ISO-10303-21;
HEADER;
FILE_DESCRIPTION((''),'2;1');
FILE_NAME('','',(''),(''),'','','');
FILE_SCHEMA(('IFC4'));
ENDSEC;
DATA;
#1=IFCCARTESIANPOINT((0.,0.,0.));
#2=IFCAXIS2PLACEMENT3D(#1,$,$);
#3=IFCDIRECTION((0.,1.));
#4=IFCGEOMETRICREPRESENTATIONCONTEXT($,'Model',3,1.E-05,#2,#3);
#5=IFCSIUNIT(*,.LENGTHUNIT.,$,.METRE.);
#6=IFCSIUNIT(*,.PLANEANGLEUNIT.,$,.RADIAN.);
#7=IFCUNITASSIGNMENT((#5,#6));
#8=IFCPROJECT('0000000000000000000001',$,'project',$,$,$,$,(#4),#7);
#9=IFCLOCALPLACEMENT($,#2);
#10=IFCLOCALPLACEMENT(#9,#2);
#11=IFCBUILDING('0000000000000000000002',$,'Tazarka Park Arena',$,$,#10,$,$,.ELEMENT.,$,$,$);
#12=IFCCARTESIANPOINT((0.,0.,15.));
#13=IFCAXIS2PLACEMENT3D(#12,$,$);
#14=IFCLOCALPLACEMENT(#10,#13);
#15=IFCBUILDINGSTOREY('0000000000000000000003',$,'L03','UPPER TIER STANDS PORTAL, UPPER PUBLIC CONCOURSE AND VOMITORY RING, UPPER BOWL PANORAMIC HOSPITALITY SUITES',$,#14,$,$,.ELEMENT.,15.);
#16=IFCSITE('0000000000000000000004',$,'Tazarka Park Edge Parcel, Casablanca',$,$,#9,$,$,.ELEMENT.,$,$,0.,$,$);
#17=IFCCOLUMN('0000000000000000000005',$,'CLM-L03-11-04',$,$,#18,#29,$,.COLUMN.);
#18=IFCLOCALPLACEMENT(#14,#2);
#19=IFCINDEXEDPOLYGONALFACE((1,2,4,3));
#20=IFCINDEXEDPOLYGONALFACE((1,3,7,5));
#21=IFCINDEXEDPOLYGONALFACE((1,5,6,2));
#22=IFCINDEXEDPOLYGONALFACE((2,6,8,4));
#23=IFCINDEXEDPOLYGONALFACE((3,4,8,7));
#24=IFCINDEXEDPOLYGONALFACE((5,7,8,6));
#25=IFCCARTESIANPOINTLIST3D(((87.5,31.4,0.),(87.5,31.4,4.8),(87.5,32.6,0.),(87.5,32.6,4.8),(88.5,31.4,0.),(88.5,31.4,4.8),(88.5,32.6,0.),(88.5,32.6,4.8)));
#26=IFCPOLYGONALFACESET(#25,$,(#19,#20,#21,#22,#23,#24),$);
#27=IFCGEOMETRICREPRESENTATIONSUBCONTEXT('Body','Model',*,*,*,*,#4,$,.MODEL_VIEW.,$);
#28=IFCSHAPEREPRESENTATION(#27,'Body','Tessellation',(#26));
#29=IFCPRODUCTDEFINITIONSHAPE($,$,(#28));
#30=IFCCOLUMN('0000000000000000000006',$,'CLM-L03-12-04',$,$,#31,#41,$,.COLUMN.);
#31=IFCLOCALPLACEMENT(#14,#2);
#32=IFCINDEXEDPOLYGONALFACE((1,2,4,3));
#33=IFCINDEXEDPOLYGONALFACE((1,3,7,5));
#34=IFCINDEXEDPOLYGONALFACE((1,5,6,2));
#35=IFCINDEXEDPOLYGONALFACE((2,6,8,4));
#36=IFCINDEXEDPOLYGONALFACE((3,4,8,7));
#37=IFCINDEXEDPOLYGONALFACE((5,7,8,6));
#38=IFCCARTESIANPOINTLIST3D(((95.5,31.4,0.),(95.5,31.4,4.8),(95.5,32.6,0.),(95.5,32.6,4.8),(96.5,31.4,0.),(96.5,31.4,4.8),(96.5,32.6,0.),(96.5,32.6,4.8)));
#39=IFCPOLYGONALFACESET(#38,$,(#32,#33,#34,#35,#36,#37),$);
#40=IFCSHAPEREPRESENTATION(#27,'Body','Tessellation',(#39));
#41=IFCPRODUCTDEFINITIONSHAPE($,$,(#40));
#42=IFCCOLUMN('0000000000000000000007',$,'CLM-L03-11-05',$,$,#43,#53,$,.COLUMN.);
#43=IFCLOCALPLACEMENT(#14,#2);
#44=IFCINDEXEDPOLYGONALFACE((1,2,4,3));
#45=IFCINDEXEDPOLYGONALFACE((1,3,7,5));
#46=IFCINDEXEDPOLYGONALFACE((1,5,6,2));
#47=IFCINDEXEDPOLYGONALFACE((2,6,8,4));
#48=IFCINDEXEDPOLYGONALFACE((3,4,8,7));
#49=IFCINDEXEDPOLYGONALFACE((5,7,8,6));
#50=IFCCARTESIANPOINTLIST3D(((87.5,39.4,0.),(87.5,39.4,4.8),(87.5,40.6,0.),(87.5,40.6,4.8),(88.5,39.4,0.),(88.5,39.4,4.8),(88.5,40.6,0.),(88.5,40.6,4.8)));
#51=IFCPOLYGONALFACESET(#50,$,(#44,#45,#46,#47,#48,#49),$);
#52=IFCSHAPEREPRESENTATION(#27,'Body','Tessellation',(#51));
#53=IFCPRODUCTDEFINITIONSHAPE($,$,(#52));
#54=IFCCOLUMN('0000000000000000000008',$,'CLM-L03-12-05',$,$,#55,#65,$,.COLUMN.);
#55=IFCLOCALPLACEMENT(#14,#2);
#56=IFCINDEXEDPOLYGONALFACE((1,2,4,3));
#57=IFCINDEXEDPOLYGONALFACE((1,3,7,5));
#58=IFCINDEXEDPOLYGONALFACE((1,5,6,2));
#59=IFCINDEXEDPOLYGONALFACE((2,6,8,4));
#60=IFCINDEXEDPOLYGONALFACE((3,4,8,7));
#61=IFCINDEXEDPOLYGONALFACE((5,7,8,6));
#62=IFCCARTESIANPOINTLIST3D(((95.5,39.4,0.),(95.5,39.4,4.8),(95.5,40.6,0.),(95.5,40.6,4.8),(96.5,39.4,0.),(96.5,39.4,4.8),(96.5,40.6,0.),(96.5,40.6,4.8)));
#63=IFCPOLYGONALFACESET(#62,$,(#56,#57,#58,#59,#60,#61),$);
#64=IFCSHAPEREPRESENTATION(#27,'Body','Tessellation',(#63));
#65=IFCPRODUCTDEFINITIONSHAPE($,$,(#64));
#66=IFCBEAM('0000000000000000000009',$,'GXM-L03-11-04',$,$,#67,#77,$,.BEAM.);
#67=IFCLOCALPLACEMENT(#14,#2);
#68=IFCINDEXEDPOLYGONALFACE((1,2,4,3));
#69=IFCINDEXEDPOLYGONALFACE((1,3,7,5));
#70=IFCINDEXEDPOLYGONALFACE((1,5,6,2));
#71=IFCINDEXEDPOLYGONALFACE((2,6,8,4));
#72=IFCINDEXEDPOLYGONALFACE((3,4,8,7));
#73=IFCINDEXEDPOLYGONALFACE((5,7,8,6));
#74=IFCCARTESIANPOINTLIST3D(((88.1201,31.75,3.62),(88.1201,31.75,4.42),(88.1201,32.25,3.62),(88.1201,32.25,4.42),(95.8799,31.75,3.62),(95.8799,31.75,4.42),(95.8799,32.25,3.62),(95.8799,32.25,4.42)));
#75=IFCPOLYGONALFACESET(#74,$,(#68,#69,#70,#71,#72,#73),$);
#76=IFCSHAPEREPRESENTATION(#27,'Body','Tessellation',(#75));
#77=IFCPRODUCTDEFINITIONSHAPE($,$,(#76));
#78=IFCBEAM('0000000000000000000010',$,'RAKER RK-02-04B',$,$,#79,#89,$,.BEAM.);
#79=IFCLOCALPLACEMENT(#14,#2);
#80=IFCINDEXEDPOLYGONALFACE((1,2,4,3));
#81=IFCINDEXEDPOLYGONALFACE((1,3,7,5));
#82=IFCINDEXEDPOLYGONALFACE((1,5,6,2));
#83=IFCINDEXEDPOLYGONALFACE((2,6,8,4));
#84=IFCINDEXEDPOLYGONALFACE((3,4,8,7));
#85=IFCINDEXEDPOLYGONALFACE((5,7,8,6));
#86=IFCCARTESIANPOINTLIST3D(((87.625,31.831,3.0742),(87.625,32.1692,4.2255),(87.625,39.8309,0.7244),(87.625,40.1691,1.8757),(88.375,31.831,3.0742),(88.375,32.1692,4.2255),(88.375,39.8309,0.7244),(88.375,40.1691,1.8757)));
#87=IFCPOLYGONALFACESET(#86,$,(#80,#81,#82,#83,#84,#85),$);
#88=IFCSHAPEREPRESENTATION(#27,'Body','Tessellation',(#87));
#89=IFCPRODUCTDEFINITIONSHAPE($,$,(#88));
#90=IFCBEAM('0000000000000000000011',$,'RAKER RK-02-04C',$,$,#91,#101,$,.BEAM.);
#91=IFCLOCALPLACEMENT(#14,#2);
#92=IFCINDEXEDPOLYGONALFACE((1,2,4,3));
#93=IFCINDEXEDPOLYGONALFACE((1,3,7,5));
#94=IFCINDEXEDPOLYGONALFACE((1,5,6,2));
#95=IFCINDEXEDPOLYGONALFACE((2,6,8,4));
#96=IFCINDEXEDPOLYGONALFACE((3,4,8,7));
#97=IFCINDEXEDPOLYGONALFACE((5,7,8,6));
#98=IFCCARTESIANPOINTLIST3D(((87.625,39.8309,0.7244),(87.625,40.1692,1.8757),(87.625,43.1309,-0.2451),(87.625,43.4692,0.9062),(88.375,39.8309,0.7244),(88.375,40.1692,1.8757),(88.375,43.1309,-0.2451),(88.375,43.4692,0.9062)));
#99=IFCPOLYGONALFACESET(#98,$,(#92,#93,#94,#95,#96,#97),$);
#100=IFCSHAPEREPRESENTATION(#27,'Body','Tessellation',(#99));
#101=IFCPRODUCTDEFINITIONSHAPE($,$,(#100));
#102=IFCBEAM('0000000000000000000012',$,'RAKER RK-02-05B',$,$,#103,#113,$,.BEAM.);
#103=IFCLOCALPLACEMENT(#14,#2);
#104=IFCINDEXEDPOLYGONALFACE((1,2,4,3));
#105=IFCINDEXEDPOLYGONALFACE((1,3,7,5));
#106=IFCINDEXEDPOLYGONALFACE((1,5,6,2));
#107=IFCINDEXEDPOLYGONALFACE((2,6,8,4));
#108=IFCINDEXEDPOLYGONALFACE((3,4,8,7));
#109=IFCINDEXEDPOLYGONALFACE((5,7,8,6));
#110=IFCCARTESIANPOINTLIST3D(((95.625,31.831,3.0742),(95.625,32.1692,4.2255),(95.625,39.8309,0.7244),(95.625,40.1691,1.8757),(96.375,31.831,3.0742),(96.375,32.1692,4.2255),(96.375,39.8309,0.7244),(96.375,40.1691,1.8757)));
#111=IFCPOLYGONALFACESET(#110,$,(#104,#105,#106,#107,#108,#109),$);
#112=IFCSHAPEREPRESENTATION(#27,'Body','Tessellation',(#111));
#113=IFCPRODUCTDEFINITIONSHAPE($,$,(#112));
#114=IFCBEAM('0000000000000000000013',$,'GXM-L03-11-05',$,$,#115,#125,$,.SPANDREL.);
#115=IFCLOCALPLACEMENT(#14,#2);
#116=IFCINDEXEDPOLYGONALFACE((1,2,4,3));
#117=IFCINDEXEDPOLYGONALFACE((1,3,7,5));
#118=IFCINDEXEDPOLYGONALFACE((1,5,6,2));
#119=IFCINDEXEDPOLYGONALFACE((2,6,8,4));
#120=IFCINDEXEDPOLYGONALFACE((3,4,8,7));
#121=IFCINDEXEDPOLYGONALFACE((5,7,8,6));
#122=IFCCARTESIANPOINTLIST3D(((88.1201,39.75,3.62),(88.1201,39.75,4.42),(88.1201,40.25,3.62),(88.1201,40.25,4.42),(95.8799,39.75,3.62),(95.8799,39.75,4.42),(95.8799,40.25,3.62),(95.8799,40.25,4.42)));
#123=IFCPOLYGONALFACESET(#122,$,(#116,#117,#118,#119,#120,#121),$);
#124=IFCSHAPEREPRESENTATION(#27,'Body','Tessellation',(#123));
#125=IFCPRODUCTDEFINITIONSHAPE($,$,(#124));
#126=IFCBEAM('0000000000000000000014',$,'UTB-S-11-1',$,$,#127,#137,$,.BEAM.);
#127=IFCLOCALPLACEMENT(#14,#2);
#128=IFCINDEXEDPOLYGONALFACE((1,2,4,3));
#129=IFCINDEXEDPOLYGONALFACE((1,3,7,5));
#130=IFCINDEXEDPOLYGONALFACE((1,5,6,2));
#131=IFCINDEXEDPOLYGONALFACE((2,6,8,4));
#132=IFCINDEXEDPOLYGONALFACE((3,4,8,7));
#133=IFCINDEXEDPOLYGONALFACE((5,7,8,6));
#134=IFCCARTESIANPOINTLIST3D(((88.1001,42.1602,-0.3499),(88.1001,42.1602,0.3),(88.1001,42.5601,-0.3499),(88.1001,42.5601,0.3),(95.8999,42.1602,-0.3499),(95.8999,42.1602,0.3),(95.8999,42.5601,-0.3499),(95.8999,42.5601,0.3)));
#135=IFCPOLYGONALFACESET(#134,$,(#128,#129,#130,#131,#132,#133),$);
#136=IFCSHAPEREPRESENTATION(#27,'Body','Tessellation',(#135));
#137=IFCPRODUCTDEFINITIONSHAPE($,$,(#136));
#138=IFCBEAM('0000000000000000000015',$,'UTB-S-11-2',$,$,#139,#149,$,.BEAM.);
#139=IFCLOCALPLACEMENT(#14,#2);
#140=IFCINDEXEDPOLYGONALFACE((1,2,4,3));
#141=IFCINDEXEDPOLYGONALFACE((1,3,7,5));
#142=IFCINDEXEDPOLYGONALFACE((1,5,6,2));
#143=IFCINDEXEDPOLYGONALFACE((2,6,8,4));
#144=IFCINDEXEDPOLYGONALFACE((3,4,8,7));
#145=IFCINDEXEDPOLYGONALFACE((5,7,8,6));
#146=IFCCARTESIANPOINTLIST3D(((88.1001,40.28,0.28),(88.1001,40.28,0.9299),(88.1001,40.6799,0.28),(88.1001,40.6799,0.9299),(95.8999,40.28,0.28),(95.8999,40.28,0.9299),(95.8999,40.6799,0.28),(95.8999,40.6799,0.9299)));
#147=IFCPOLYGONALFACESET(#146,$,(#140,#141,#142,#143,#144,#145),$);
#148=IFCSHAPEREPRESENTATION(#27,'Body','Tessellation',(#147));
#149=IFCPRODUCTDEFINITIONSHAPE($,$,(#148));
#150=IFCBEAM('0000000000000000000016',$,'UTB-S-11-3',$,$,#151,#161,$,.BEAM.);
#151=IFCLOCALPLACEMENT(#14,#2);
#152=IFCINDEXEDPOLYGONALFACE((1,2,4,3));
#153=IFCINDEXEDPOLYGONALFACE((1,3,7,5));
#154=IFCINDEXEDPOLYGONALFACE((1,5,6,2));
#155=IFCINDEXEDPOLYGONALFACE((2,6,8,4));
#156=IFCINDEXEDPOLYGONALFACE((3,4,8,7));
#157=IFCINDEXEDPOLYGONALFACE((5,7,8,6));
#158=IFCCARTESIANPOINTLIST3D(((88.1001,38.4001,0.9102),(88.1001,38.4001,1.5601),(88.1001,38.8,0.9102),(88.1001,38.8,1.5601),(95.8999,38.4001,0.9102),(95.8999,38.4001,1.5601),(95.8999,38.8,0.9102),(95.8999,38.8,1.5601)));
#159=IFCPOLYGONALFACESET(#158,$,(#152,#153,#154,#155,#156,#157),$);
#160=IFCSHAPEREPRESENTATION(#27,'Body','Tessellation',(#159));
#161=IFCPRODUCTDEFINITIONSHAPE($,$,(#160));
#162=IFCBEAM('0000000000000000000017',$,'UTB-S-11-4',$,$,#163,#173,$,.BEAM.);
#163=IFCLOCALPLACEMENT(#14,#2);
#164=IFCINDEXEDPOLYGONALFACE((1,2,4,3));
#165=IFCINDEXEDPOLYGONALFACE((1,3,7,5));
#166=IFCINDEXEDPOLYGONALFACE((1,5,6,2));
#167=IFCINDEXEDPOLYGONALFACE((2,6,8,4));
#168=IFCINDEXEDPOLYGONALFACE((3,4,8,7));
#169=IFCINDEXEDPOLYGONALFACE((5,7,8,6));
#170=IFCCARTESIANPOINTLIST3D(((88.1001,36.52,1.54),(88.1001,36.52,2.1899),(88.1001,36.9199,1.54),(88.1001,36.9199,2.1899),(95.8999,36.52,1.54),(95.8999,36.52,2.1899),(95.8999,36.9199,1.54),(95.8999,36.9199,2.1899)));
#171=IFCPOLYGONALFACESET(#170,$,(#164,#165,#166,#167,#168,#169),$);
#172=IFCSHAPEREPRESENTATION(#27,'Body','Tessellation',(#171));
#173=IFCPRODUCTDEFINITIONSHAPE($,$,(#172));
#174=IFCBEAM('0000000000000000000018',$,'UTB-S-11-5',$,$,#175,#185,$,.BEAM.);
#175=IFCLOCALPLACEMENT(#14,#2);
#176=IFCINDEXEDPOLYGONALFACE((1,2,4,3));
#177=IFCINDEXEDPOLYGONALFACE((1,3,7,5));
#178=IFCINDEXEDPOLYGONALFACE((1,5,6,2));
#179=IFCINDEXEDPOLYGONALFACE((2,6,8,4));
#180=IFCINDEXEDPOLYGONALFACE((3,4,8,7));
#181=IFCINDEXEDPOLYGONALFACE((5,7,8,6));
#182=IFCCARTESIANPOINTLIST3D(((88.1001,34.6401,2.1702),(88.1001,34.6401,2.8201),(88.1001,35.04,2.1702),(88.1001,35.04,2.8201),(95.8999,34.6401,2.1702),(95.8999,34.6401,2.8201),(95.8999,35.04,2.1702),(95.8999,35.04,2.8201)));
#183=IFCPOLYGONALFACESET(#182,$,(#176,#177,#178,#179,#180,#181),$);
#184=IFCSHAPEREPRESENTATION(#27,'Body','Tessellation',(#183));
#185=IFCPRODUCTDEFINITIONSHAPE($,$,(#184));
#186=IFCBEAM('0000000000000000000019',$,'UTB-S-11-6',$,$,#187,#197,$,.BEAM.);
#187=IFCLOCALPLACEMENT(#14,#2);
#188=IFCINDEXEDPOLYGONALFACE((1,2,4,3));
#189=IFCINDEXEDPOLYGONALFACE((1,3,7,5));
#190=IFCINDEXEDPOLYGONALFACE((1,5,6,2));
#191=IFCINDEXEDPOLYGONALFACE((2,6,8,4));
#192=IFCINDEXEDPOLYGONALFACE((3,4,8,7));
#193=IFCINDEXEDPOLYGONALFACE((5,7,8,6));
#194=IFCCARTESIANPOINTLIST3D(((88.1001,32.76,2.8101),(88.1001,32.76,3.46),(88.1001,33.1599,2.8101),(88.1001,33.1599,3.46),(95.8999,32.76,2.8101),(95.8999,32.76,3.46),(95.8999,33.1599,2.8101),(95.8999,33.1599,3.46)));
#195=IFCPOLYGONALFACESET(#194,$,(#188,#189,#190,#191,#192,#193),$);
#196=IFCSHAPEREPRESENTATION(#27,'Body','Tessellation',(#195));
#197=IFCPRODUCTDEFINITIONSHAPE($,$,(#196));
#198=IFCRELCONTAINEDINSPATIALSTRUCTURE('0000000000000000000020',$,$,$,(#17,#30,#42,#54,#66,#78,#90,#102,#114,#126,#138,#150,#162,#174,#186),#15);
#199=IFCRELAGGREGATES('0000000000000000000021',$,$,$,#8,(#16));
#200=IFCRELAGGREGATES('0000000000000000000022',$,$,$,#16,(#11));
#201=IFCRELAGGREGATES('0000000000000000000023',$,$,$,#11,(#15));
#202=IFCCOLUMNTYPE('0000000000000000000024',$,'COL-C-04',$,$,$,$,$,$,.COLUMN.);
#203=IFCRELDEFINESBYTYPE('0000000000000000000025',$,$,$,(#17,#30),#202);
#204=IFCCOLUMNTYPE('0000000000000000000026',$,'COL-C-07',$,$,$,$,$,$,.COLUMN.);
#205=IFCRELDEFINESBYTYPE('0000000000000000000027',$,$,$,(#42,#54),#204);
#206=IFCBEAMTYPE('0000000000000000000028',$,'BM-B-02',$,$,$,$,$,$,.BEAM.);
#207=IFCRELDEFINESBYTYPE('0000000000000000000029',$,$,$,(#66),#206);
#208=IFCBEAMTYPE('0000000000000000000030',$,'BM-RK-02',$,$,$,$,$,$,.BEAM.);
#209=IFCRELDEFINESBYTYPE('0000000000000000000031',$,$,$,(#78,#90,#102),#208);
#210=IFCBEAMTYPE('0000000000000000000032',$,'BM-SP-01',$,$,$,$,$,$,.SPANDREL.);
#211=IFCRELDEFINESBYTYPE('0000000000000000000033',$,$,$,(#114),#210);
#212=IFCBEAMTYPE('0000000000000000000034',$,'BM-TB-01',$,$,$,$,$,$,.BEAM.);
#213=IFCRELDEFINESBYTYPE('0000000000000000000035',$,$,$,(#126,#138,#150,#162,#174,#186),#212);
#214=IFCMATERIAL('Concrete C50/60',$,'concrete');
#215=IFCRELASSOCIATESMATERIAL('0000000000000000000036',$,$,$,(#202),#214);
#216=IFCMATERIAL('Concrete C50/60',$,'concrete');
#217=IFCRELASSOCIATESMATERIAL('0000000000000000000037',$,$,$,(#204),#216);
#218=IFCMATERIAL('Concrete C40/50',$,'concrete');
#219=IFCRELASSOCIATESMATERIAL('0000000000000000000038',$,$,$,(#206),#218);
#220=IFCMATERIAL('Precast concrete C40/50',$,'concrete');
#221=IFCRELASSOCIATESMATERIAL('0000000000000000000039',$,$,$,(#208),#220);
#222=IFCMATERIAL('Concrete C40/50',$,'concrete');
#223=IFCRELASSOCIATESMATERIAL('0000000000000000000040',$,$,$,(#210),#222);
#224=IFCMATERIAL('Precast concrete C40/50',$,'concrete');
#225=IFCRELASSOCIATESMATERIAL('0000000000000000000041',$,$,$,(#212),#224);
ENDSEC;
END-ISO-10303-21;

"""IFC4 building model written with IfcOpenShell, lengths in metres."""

from ifc_helpers import new_model, si_unit, direction, frame, origin, origin_2d, place, context, subcontext, project, spatial, rectangle, extrude, material, material_profile, profile_set, type_object, element, save


model = new_model("IFC4")

# Units and contexts
model_context = context("Model", 3, precision=1e-05, world=origin(), true_north=direction((0.0, 1.0)))
body_context = subcontext(model_context, "Body", "Model", "MODEL_VIEW")
ifc_project = project(units=[si_unit("LENGTHUNIT", "METRE"), si_unit("PLANEANGLEUNIT", "RADIAN")], contexts=[model_context])

# Site, building, storey
site_placement = place(None, origin())
site = spatial("IfcSite", under=ifc_project, at=site_placement, Name="Tazarka Park Edge Parcel, Casablanca", CompositionType="ELEMENT", RefElevation=0.0)
building_placement = place(site_placement, origin())
building = spatial("IfcBuilding", under=site, at=building_placement, Name="Tazarka Park Arena", CompositionType="ELEMENT")
storey_placement = place(building_placement, frame((0.0, 0.0, 15.0)))
storey = spatial("IfcBuildingStorey", under=building, at=storey_placement, Name="L03", Description="UPPER TIER STANDS PORTAL, UPPER PUBLIC CONCOURSE AND VOMITORY RING, UPPER BOWL PANORAMIC HOSPITALITY SUITES", CompositionType="ELEMENT", Elevation=15.0)

# Columns
ifc_material_1 = material(Name="Concrete C50/60", Category="concrete")
ifc_material_profile_1 = material_profile(ifc_material_1, rectangle(XDim=1.0, YDim=1.2, at=origin_2d()), Name="Concrete C50/60")
ifc_profile_set_1 = profile_set([ifc_material_profile_1], Name="Concrete C50/60")
column_type_1 = type_object("IfcColumnType", Name="COL-C-04", PredefinedType="COLUMN", material=ifc_profile_set_1)
for number, where, z_axis, x_axis, name in (
    (1, (88.0, 32.0, 0.0), (0.0, 0.0, 1.0), (1.0, 0.0, 0.0), "CLM-L03-11-04"),
    (2, (96.0, 32.0, 0.0), (0.0, 0.0, 1.0), (1.0, 0.0, 0.0), "CLM-L03-12-04"),
):
    element("IfcColumn", number, at=place(storey_placement, frame(where, z_axis=z_axis, x_axis=x_axis)), inside=storey, type_object=column_type_1, Name=name, PredefinedType="COLUMN", context=body_context, shape_type="SweptSolid", body=[
        extrude(rectangle(XDim=1.0, YDim=1.2, at=origin_2d()), origin(), (0.0, 0.0, 1.0), 4.8),
    ])
ifc_material_2 = material(Name="Concrete C50/60", Category="concrete")
ifc_material_profile_2 = material_profile(ifc_material_2, rectangle(XDim=1.0, YDim=1.2, at=origin_2d()), Name="Concrete C50/60")
ifc_profile_set_2 = profile_set([ifc_material_profile_2], Name="Concrete C50/60")
column_type_2 = type_object("IfcColumnType", Name="COL-C-07", PredefinedType="COLUMN", material=ifc_profile_set_2)
for number, where, z_axis, x_axis, name in (
    (3, (88.0, 40.0, 0.0), (0.0, 0.0, 1.0), (1.0, 0.0, 0.0), "CLM-L03-11-05"),
    (4, (96.0, 40.0, 0.0), (0.0, 0.0, 1.0), (1.0, 0.0, 0.0), "CLM-L03-12-05"),
):
    element("IfcColumn", number, at=place(storey_placement, frame(where, z_axis=z_axis, x_axis=x_axis)), inside=storey, type_object=column_type_2, Name=name, PredefinedType="COLUMN", context=body_context, shape_type="SweptSolid", body=[
        extrude(rectangle(XDim=1.0, YDim=1.2, at=origin_2d()), origin(), (0.0, 0.0, 1.0), 4.8),
    ])

# Beams
ifc_material_3 = material(Name="Concrete C40/50", Category="concrete")
ifc_material_profile_3 = material_profile(ifc_material_3, rectangle(XDim=0.5, YDim=0.8, at=origin_2d()), Name="Concrete C40/50")
ifc_profile_set_3 = profile_set([ifc_material_profile_3], Name="Concrete C40/50")
beam_type_1 = type_object("IfcBeamType", Name="BM-B-02", PredefinedType="BEAM", material=ifc_profile_set_3)
beam_1_placement = place(storey_placement, frame((88.1201, 32.0, 4.02), z_axis=(1.0, 0.0, 0.0), x_axis=(0.0, 1.0, 0.0)))
element("IfcBeam", 5, at=beam_1_placement, inside=storey, type_object=beam_type_1, Name="GXM-L03-11-04", PredefinedType="BEAM", context=body_context, shape_type="SweptSolid", body=[
    extrude(rectangle(XDim=0.5, YDim=0.8, at=origin_2d()), origin(), (0.0, 0.0, 1.0), 7.7598),
])
ifc_material_4 = material(Name="Precast concrete C40/50", Category="concrete")
ifc_material_profile_4 = material_profile(ifc_material_4, rectangle(XDim=0.75, YDim=1.2, at=origin_2d()), Name="Precast concrete C40/50")
ifc_profile_set_4 = profile_set([ifc_material_profile_4], Name="Precast concrete C40/50")
beam_type_2 = type_object("IfcBeamType", Name="BM-RK-02", PredefinedType="BEAM", material=ifc_profile_set_4)
beam_2_placement = place(storey_placement, frame((88.0, 40.0, 1.3), z_axis=(0.0, -0.959466, 0.281825), x_axis=(1.0, 0.0, 0.0)))
element("IfcBeam", 6, at=beam_2_placement, inside=storey, type_object=beam_type_2, Name="RAKER RK-02-04B", PredefinedType="BEAM", context=body_context, shape_type="SweptSolid", body=[
    extrude(rectangle(XDim=0.75, YDim=1.2, at=origin_2d()), origin(), (0.0, 0.0, 1.0), 8.3379),
])
beam_3_placement = place(storey_placement, frame((88.0, 43.3, 0.3306), z_axis=(0.0, -0.959454, 0.281867), x_axis=(1.0, 0.0, 0.0)))
element("IfcBeam", 7, at=beam_3_placement, inside=storey, type_object=beam_type_2, Name="RAKER RK-02-04C", PredefinedType="BEAM", context=body_context, shape_type="SweptSolid", body=[
    extrude(rectangle(XDim=0.75, YDim=1.2, at=origin_2d()), origin(), (0.0, 0.0, 1.0), 3.4395),
])
beam_4_placement = place(storey_placement, frame((96.0, 40.0, 1.3), z_axis=(0.0, -0.959466, 0.281825), x_axis=(1.0, 0.0, 0.0)))
element("IfcBeam", 8, at=beam_4_placement, inside=storey, type_object=beam_type_2, Name="RAKER RK-02-05B", PredefinedType="BEAM", context=body_context, shape_type="SweptSolid", body=[
    extrude(rectangle(XDim=0.75, YDim=1.2, at=origin_2d()), origin(), (0.0, 0.0, 1.0), 8.3379),
])
ifc_material_5 = material(Name="Concrete C40/50", Category="concrete")
ifc_material_profile_5 = material_profile(ifc_material_5, rectangle(XDim=0.5, YDim=0.8, at=origin_2d()), Name="Concrete C40/50")
ifc_profile_set_5 = profile_set([ifc_material_profile_5], Name="Concrete C40/50")
beam_type_3 = type_object("IfcBeamType", Name="BM-SP-01", PredefinedType="SPANDREL", material=ifc_profile_set_5)
beam_5_placement = place(storey_placement, frame((88.1201, 40.0, 4.02), z_axis=(1.0, 0.0, 0.0), x_axis=(0.0, 1.0, 0.0)))
element("IfcBeam", 9, at=beam_5_placement, inside=storey, type_object=beam_type_3, Name="GXM-L03-11-05", PredefinedType="SPANDREL", context=body_context, shape_type="SweptSolid", body=[
    extrude(rectangle(XDim=0.5, YDim=0.8, at=origin_2d()), origin(), (0.0, 0.0, 1.0), 7.7598),
])
ifc_material_6 = material(Name="Precast concrete C40/50", Category="concrete")
ifc_material_profile_6 = material_profile(ifc_material_6, rectangle(XDim=0.3999, YDim=0.6499, at=origin_2d()), Name="Precast concrete C40/50")
ifc_profile_set_6 = profile_set([ifc_material_profile_6], Name="Precast concrete C40/50")
beam_type_4 = type_object("IfcBeamType", Name="BM-TB-01", PredefinedType="BEAM", material=ifc_profile_set_6)
for number, where, z_axis, x_axis, name in (
    (10, (88.1001, 42.3601, -0.0249), (1.0, 0.0, 0.0), (0.0, 1.0, 0.0), "UTB-S-11-1"),
    (11, (88.1001, 40.48, 0.605), (1.0, 0.0, 0.0), (0.0, 1.0, 0.0), "UTB-S-11-2"),
    (12, (88.1001, 38.6001, 1.2351), (1.0, 0.0, 0.0), (0.0, 1.0, 0.0), "UTB-S-11-3"),
    (13, (88.1001, 36.72, 1.865), (1.0, 0.0, 0.0), (0.0, 1.0, 0.0), "UTB-S-11-4"),
    (14, (88.1001, 34.8401, 2.4951), (1.0, 0.0, 0.0), (0.0, 1.0, 0.0), "UTB-S-11-5"),
    (15, (88.1001, 32.96, 3.135), (1.0, 0.0, 0.0), (0.0, 1.0, 0.0), "UTB-S-11-6"),
):
    element("IfcBeam", number, at=place(storey_placement, frame(where, z_axis=z_axis, x_axis=x_axis)), inside=storey, type_object=beam_type_4, Name=name, PredefinedType="BEAM", context=body_context, shape_type="SweptSolid", body=[
        extrude(rectangle(XDim=0.3999, YDim=0.6499, at=origin_2d()), origin(), (0.0, 0.0, 1.0), 7.7998),
    ])

save(model, "model.ifc")
